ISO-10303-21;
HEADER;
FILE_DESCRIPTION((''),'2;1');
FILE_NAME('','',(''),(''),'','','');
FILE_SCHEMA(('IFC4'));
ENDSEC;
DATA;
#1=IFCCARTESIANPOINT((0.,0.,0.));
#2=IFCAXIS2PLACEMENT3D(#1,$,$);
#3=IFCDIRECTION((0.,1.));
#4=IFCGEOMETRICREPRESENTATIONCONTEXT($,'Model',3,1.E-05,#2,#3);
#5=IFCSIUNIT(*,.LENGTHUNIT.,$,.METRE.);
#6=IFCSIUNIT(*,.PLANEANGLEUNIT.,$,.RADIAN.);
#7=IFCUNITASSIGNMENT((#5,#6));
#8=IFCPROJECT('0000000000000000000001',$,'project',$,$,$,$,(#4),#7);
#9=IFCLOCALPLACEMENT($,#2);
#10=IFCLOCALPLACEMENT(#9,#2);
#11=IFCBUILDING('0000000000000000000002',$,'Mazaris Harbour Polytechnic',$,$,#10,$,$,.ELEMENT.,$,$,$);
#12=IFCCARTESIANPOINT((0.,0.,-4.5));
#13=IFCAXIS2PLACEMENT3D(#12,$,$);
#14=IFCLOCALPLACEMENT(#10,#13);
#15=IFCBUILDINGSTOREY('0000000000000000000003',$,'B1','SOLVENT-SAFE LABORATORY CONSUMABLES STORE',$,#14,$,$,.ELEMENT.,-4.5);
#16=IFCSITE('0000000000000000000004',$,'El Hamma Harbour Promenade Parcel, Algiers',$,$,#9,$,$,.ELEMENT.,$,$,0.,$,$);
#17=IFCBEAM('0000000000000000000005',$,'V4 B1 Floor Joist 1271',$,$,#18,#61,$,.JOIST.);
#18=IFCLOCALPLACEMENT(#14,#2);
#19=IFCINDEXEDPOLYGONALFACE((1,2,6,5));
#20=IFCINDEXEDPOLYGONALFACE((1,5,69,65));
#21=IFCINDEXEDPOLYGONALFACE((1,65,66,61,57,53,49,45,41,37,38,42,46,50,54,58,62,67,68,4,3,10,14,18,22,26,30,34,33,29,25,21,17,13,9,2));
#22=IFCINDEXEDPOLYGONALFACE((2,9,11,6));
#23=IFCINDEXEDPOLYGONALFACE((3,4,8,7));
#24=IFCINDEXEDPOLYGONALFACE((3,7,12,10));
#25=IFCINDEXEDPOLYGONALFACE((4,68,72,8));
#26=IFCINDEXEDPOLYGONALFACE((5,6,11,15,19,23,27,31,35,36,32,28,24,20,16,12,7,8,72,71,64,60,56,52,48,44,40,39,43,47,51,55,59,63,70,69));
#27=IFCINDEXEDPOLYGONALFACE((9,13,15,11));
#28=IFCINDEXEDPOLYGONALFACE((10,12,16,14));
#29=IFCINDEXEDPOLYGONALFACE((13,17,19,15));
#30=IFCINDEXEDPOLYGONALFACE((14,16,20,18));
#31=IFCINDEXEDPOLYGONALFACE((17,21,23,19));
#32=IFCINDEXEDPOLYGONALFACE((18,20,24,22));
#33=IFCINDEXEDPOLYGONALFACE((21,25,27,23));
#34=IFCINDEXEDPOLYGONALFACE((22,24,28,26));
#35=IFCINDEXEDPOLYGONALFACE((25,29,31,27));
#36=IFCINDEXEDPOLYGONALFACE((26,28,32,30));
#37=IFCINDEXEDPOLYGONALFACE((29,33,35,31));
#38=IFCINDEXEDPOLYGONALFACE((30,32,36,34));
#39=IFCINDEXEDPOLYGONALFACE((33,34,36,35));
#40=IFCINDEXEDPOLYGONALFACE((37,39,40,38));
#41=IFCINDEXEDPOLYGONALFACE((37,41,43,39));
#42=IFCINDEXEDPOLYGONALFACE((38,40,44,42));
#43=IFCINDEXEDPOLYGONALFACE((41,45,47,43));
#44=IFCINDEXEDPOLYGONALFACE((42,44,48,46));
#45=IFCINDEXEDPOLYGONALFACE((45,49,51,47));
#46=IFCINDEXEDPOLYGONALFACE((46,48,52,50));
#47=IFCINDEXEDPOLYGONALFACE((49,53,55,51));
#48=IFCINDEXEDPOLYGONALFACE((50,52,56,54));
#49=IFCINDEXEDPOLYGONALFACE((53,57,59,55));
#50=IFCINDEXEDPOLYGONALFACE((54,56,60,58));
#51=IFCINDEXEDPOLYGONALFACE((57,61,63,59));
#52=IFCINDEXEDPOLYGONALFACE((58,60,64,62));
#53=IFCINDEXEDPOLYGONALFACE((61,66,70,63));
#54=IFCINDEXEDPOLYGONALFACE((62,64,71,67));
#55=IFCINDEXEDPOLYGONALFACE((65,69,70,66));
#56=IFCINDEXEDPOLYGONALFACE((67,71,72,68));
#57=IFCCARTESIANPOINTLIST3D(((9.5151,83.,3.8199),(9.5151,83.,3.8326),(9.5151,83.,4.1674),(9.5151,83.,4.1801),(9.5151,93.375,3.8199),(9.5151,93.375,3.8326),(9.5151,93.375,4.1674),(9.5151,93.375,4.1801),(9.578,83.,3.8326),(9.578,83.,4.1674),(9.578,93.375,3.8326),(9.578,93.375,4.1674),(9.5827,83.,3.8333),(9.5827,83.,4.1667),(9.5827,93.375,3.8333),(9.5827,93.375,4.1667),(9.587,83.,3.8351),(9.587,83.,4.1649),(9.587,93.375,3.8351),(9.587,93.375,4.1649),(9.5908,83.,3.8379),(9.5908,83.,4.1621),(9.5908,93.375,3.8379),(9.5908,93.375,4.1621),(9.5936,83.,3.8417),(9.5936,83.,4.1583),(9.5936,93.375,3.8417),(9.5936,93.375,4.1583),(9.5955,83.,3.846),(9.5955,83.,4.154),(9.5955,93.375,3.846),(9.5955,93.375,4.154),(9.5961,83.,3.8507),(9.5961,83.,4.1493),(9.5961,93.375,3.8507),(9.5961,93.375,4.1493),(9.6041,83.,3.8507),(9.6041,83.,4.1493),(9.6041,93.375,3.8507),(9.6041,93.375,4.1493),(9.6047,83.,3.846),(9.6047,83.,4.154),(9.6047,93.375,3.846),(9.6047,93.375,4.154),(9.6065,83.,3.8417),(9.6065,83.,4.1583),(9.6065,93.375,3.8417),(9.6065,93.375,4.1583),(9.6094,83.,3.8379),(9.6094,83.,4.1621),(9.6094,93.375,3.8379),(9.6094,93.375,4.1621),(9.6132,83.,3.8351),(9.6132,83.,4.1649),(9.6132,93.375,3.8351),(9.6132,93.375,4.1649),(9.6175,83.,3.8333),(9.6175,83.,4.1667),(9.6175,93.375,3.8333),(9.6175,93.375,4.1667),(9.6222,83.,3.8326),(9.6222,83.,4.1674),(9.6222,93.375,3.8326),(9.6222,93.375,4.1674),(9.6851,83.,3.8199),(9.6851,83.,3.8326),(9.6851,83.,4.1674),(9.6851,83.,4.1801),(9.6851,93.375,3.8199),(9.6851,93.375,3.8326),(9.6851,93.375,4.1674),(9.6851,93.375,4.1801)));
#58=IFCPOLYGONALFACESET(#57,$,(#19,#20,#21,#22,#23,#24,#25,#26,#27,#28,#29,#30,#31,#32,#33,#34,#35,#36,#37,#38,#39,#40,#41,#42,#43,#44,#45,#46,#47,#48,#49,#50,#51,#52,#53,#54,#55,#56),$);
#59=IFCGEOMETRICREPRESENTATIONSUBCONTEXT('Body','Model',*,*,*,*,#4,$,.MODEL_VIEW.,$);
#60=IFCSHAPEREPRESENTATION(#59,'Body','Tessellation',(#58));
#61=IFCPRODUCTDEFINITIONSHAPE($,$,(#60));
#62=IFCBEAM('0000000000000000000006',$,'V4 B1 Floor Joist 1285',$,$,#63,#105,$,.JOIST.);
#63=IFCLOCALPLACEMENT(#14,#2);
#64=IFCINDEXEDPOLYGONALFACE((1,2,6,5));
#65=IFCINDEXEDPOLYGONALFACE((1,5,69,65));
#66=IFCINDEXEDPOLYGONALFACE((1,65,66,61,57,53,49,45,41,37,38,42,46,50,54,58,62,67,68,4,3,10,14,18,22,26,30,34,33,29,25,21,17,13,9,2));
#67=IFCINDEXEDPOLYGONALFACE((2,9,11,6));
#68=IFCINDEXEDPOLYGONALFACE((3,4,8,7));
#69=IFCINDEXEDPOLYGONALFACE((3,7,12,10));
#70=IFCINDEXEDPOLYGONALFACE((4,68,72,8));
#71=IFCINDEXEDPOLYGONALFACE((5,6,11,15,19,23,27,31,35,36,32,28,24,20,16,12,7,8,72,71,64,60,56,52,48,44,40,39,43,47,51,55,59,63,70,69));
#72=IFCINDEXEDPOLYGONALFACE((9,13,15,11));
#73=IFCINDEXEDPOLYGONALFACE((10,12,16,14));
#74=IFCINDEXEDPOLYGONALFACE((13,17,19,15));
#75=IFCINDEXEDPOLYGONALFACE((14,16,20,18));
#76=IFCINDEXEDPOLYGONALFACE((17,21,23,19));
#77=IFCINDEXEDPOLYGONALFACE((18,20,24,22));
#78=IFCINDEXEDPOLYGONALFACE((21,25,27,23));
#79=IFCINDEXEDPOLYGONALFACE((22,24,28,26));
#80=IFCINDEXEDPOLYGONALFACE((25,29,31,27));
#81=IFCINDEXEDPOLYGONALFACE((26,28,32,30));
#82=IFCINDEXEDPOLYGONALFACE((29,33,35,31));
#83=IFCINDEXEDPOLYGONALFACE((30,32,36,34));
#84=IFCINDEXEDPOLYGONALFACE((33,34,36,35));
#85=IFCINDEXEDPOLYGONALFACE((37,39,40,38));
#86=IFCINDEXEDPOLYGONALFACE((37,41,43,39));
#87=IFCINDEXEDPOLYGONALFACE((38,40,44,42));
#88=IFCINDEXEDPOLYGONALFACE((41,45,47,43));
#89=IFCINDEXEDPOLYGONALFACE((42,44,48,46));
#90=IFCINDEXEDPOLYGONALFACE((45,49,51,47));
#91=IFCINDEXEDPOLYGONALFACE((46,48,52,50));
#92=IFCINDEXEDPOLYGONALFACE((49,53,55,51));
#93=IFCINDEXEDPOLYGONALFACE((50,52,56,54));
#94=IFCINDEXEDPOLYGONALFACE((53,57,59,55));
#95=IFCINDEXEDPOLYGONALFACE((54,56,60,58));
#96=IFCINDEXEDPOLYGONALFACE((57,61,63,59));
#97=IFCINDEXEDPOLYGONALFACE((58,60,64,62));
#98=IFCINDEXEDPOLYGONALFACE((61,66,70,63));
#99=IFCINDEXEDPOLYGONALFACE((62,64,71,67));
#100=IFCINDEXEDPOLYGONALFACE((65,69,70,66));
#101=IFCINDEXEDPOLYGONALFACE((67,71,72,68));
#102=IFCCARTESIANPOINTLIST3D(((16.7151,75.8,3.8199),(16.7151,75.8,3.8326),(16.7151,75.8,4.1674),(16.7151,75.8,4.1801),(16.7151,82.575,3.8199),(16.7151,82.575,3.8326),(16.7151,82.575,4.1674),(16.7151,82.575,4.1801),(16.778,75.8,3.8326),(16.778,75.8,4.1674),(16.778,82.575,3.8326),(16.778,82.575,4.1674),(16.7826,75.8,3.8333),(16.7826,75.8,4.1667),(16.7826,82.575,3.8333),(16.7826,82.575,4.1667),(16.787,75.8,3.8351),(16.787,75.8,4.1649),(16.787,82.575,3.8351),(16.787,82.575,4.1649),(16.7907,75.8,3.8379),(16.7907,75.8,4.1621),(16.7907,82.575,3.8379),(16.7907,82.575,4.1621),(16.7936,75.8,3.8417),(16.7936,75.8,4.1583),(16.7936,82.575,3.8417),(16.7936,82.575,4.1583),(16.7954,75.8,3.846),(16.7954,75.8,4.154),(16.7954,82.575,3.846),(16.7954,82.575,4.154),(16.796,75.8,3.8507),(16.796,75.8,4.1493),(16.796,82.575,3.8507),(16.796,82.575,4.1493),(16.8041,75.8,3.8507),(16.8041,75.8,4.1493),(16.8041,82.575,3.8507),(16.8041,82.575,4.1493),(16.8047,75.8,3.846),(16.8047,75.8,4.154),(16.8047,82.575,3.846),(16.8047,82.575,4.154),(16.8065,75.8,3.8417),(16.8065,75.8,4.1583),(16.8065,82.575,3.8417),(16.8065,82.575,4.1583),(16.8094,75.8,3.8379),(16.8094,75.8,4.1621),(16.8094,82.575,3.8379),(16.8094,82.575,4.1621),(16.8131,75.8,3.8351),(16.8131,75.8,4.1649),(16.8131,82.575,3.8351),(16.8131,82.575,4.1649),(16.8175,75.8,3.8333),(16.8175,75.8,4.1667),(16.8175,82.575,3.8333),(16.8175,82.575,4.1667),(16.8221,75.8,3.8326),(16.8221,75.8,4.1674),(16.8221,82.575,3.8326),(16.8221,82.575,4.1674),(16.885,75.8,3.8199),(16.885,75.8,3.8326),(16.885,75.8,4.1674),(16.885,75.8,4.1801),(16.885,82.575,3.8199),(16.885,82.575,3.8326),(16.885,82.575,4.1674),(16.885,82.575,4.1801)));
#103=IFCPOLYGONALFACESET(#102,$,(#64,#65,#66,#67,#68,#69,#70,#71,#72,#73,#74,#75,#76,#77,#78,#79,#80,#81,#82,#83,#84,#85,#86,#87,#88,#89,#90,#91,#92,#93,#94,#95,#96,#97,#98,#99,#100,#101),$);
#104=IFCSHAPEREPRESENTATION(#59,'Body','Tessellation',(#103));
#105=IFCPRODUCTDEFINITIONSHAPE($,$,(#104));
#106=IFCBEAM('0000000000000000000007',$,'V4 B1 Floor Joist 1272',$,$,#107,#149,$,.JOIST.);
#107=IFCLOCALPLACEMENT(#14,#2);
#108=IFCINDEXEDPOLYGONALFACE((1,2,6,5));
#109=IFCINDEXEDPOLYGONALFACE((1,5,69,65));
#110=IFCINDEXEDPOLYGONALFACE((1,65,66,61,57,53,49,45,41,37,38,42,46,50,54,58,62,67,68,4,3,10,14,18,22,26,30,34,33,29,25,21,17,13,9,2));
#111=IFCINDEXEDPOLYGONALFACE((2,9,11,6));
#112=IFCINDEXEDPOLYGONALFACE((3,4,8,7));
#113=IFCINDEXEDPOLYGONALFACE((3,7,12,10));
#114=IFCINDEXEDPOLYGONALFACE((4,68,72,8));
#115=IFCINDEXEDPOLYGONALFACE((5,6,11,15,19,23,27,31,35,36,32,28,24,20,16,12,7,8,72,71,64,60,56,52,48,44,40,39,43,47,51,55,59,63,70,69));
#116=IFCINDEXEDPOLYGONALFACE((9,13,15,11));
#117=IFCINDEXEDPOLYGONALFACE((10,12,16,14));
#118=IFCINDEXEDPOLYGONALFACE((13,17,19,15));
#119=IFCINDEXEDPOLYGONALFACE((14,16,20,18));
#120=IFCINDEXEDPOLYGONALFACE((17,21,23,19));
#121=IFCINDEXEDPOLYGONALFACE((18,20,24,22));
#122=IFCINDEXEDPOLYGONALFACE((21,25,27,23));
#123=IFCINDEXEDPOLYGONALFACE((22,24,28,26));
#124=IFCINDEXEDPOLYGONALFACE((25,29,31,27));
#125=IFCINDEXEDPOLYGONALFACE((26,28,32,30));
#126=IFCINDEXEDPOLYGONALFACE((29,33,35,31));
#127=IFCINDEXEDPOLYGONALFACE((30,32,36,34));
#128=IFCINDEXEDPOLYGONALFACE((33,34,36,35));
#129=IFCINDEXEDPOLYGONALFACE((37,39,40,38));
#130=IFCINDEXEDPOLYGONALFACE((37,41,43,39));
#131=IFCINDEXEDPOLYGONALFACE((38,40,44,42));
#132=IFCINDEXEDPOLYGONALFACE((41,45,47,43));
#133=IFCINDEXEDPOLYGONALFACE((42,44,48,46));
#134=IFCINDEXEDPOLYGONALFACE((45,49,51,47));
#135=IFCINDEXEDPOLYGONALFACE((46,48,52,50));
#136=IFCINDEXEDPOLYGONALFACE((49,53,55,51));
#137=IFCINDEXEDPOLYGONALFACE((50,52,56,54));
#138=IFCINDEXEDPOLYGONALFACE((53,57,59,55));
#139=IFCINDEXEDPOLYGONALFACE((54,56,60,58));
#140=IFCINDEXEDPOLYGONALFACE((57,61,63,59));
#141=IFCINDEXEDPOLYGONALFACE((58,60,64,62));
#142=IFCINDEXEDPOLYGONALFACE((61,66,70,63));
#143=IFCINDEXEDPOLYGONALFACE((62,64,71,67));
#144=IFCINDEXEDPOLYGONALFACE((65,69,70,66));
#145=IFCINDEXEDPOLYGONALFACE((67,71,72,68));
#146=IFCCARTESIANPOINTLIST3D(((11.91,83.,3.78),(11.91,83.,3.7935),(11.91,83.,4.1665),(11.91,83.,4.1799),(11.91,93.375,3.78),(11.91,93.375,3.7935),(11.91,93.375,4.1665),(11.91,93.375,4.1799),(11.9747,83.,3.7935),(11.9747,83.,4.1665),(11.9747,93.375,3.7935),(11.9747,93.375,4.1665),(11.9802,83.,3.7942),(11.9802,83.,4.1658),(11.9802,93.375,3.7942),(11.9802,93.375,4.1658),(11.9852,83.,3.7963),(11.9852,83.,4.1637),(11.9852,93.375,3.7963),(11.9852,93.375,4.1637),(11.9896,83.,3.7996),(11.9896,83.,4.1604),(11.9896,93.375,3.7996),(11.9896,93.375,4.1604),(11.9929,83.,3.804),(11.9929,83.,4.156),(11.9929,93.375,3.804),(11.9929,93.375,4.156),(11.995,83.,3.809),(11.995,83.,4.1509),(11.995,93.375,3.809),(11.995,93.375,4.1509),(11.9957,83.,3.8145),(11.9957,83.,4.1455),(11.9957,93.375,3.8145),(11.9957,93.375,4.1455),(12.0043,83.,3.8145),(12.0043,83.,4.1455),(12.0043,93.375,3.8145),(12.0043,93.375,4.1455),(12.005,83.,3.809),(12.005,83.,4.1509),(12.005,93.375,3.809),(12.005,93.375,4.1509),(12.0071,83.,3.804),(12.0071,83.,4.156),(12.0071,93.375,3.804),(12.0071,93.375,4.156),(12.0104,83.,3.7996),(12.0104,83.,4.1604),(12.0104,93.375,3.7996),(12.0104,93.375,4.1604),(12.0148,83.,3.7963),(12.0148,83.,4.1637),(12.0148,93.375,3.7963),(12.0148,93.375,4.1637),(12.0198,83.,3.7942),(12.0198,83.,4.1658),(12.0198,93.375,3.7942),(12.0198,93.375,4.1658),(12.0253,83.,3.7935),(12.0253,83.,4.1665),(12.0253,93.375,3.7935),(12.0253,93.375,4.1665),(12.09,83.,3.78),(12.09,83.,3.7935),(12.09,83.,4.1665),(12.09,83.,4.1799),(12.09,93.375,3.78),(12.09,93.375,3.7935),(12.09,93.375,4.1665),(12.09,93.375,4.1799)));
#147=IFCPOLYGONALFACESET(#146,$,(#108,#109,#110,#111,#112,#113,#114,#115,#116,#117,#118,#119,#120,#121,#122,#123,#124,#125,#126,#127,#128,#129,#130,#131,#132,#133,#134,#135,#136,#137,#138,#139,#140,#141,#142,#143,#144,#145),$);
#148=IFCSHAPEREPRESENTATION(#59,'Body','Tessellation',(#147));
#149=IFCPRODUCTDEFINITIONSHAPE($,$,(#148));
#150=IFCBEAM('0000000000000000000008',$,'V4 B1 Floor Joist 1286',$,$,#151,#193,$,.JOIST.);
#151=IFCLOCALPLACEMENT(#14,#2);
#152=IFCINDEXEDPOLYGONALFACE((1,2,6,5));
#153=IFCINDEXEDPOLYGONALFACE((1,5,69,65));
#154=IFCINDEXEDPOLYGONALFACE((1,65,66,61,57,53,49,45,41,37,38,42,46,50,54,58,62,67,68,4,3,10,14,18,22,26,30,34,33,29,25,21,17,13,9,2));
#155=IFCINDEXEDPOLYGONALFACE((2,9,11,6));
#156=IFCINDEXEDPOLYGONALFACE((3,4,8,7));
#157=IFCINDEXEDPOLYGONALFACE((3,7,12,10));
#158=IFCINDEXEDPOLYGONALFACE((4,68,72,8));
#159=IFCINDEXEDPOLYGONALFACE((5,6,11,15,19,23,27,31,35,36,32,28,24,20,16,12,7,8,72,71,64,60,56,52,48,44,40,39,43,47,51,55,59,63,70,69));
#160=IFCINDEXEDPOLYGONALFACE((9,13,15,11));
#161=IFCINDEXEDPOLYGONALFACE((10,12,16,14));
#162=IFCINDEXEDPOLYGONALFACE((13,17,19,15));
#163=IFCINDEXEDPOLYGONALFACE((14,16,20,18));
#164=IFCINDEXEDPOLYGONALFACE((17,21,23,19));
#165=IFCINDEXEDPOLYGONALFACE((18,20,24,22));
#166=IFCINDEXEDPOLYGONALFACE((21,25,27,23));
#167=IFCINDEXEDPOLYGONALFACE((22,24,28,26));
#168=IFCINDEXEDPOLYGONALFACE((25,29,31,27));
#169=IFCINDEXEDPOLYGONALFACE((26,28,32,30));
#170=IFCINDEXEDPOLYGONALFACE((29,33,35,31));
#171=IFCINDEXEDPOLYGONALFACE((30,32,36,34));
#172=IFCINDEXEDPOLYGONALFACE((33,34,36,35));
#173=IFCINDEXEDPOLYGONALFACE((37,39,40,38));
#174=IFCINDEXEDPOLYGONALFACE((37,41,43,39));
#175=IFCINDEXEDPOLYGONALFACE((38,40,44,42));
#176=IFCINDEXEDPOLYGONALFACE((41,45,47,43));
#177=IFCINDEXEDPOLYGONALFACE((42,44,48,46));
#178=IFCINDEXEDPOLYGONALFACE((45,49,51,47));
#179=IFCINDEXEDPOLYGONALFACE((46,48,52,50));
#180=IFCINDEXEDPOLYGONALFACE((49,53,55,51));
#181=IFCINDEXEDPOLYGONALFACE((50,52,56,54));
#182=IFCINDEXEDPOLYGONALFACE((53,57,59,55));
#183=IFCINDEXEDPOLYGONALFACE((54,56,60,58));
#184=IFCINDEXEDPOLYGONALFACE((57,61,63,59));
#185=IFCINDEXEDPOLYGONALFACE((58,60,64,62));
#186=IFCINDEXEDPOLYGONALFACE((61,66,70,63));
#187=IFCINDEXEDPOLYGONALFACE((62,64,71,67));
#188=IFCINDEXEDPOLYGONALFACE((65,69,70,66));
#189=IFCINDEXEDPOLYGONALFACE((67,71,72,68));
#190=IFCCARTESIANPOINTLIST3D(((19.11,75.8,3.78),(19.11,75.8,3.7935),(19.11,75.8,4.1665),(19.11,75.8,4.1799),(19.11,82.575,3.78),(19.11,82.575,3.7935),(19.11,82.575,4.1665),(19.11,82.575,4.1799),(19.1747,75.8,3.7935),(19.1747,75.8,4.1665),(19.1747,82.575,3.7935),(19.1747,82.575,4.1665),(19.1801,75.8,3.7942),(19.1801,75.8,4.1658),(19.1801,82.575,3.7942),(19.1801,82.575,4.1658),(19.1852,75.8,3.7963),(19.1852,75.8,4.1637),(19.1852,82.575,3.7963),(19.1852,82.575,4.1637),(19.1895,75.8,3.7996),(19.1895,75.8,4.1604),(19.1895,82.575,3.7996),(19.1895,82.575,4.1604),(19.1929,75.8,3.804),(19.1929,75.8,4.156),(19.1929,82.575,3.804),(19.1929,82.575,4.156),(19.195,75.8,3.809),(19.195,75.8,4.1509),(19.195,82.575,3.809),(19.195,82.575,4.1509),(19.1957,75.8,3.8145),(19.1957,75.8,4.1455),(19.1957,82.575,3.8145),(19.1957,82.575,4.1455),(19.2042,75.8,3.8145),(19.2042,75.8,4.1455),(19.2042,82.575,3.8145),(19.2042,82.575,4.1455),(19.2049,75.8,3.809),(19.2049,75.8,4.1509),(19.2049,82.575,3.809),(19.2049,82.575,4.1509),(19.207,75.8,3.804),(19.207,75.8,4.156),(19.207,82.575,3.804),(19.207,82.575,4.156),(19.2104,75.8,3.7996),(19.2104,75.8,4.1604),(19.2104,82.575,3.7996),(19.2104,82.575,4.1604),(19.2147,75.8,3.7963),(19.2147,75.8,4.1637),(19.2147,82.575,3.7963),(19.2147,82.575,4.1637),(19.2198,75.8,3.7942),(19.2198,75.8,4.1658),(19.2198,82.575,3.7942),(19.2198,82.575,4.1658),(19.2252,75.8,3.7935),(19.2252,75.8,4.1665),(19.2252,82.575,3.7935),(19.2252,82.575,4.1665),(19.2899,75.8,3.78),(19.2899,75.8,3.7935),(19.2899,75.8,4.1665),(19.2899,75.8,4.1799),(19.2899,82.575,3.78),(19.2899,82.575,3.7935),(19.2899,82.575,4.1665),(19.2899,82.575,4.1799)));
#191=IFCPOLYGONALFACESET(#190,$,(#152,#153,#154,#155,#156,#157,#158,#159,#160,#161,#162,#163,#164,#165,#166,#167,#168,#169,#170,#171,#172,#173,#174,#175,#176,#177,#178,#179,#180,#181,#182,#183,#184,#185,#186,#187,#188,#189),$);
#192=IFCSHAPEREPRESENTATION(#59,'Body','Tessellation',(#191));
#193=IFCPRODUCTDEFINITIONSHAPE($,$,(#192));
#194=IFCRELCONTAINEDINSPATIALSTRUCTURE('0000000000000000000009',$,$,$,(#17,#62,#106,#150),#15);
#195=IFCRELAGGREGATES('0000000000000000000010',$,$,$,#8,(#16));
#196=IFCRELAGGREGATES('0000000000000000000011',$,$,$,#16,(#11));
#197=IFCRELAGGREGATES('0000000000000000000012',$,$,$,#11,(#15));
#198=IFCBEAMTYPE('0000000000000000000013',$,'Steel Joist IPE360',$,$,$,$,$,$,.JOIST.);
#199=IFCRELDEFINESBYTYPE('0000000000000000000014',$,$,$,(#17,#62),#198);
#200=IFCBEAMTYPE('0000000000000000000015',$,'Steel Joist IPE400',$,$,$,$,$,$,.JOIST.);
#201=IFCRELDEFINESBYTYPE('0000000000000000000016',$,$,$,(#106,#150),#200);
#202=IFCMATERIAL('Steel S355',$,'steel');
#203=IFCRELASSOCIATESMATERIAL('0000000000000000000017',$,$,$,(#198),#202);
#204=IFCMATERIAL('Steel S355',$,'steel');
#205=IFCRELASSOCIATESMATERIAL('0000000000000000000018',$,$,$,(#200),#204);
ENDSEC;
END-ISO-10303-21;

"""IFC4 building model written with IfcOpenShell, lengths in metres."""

from ifc_helpers import new_model, si_unit, direction, frame, origin, origin_2d, place, context, subcontext, project, spatial, i_section, extrude, material, material_profile, profile_set, type_object, element, save


model = new_model("IFC4")

# Units and contexts
model_context = context("Model", 3, precision=1e-05, world=origin(), true_north=direction((0.0, 1.0)))
body_context = subcontext(model_context, "Body", "Model", "MODEL_VIEW")
ifc_project = project(units=[si_unit("LENGTHUNIT", "METRE"), si_unit("PLANEANGLEUNIT", "RADIAN")], contexts=[model_context])

# Site, building, storey
site_placement = place(None, origin())
site = spatial("IfcSite", under=ifc_project, at=site_placement, Name="El Hamma Harbour Promenade Parcel, Algiers", CompositionType="ELEMENT", RefElevation=0.0)
building_placement = place(site_placement, origin())
building = spatial("IfcBuilding", under=site, at=building_placement, Name="Mazaris Harbour Polytechnic", CompositionType="ELEMENT")
storey_placement = place(building_placement, frame((0.0, 0.0, -4.5)))
storey = spatial("IfcBuildingStorey", under=building, at=storey_placement, Name="B1", Description="SOLVENT-SAFE LABORATORY CONSUMABLES STORE", CompositionType="ELEMENT", Elevation=-4.5)

# Beams
ifc_material_1 = material(Name="Steel S355", Category="steel")
ifc_material_profile_1 = material_profile(ifc_material_1, i_section(OverallWidth=0.1699, OverallDepth=0.3601, WebThickness=0.0081, FlangeThickness=0.0127, FilletRadius=0.0181, at=origin_2d()), Name="IPE 360")
ifc_profile_set_1 = profile_set([ifc_material_profile_1], Name="Steel S355")
beam_type_1 = type_object("IfcBeamType", Name="Steel Joist IPE360", PredefinedType="JOIST", material=ifc_profile_set_1)
beam_1_placement = place(storey_placement, frame((9.6001, 83.0, 4.0), z_axis=(0.0, 1.0, 0.0), x_axis=(-1.0, 0.0, 0.0)))
element("IfcBeam", 1, at=beam_1_placement, inside=storey, type_object=beam_type_1, Name="V4 B1 Floor Joist 1271", PredefinedType="JOIST", context=body_context, shape_type="SweptSolid", body=[
    extrude(i_section(OverallWidth=0.1699, OverallDepth=0.3601, WebThickness=0.0081, FlangeThickness=0.0127, FilletRadius=0.0181, at=origin_2d()), origin(), (0.0, 0.0, 1.0), 10.375),
])
beam_2_placement = place(storey_placement, frame((16.8, 75.8, 4.0), z_axis=(0.0, 1.0, 0.0), x_axis=(-1.0, 0.0, 0.0)))
element("IfcBeam", 2, at=beam_2_placement, inside=storey, type_object=beam_type_1, Name="V4 B1 Floor Joist 1285", PredefinedType="JOIST", context=body_context, shape_type="SweptSolid", body=[
    extrude(i_section(OverallWidth=0.1699, OverallDepth=0.3601, WebThickness=0.0081, FlangeThickness=0.0127, FilletRadius=0.0181, at=origin_2d()), origin(), (0.0, 0.0, 1.0), 6.7749),
])
ifc_material_2 = material(Name="Steel S355", Category="steel")
ifc_material_profile_2 = material_profile(ifc_material_2, i_section(OverallWidth=0.1799, OverallDepth=0.3999, WebThickness=0.0085, FlangeThickness=0.0134, FilletRadius=0.021, at=origin_2d()), Name="IPE 400")
ifc_profile_set_2 = profile_set([ifc_material_profile_2], Name="Steel S355")
beam_type_2 = type_object("IfcBeamType", Name="Steel Joist IPE400", PredefinedType="JOIST", material=ifc_profile_set_2)
beam_3_placement = place(storey_placement, frame((12.0, 83.0, 3.98), z_axis=(0.0, 1.0, 0.0), x_axis=(-1.0, 0.0, 0.0)))
element("IfcBeam", 3, at=beam_3_placement, inside=storey, type_object=beam_type_2, Name="V4 B1 Floor Joist 1272", PredefinedType="JOIST", context=body_context, shape_type="SweptSolid", body=[
    extrude(i_section(OverallWidth=0.1799, OverallDepth=0.3999, WebThickness=0.0085, FlangeThickness=0.0134, FilletRadius=0.021, at=origin_2d()), origin(), (0.0, 0.0, 1.0), 10.375),
])
beam_4_placement = place(storey_placement, frame((19.2, 75.8, 3.98), z_axis=(0.0, 1.0, 0.0), x_axis=(-1.0, 0.0, 0.0)))
element("IfcBeam", 4, at=beam_4_placement, inside=storey, type_object=beam_type_2, Name="V4 B1 Floor Joist 1286", PredefinedType="JOIST", context=body_context, shape_type="SweptSolid", body=[
    extrude(i_section(OverallWidth=0.1799, OverallDepth=0.3999, WebThickness=0.0085, FlangeThickness=0.0134, FilletRadius=0.021, at=origin_2d()), origin(), (0.0, 0.0, 1.0), 6.7749),
])

save(model, "model.ifc")
